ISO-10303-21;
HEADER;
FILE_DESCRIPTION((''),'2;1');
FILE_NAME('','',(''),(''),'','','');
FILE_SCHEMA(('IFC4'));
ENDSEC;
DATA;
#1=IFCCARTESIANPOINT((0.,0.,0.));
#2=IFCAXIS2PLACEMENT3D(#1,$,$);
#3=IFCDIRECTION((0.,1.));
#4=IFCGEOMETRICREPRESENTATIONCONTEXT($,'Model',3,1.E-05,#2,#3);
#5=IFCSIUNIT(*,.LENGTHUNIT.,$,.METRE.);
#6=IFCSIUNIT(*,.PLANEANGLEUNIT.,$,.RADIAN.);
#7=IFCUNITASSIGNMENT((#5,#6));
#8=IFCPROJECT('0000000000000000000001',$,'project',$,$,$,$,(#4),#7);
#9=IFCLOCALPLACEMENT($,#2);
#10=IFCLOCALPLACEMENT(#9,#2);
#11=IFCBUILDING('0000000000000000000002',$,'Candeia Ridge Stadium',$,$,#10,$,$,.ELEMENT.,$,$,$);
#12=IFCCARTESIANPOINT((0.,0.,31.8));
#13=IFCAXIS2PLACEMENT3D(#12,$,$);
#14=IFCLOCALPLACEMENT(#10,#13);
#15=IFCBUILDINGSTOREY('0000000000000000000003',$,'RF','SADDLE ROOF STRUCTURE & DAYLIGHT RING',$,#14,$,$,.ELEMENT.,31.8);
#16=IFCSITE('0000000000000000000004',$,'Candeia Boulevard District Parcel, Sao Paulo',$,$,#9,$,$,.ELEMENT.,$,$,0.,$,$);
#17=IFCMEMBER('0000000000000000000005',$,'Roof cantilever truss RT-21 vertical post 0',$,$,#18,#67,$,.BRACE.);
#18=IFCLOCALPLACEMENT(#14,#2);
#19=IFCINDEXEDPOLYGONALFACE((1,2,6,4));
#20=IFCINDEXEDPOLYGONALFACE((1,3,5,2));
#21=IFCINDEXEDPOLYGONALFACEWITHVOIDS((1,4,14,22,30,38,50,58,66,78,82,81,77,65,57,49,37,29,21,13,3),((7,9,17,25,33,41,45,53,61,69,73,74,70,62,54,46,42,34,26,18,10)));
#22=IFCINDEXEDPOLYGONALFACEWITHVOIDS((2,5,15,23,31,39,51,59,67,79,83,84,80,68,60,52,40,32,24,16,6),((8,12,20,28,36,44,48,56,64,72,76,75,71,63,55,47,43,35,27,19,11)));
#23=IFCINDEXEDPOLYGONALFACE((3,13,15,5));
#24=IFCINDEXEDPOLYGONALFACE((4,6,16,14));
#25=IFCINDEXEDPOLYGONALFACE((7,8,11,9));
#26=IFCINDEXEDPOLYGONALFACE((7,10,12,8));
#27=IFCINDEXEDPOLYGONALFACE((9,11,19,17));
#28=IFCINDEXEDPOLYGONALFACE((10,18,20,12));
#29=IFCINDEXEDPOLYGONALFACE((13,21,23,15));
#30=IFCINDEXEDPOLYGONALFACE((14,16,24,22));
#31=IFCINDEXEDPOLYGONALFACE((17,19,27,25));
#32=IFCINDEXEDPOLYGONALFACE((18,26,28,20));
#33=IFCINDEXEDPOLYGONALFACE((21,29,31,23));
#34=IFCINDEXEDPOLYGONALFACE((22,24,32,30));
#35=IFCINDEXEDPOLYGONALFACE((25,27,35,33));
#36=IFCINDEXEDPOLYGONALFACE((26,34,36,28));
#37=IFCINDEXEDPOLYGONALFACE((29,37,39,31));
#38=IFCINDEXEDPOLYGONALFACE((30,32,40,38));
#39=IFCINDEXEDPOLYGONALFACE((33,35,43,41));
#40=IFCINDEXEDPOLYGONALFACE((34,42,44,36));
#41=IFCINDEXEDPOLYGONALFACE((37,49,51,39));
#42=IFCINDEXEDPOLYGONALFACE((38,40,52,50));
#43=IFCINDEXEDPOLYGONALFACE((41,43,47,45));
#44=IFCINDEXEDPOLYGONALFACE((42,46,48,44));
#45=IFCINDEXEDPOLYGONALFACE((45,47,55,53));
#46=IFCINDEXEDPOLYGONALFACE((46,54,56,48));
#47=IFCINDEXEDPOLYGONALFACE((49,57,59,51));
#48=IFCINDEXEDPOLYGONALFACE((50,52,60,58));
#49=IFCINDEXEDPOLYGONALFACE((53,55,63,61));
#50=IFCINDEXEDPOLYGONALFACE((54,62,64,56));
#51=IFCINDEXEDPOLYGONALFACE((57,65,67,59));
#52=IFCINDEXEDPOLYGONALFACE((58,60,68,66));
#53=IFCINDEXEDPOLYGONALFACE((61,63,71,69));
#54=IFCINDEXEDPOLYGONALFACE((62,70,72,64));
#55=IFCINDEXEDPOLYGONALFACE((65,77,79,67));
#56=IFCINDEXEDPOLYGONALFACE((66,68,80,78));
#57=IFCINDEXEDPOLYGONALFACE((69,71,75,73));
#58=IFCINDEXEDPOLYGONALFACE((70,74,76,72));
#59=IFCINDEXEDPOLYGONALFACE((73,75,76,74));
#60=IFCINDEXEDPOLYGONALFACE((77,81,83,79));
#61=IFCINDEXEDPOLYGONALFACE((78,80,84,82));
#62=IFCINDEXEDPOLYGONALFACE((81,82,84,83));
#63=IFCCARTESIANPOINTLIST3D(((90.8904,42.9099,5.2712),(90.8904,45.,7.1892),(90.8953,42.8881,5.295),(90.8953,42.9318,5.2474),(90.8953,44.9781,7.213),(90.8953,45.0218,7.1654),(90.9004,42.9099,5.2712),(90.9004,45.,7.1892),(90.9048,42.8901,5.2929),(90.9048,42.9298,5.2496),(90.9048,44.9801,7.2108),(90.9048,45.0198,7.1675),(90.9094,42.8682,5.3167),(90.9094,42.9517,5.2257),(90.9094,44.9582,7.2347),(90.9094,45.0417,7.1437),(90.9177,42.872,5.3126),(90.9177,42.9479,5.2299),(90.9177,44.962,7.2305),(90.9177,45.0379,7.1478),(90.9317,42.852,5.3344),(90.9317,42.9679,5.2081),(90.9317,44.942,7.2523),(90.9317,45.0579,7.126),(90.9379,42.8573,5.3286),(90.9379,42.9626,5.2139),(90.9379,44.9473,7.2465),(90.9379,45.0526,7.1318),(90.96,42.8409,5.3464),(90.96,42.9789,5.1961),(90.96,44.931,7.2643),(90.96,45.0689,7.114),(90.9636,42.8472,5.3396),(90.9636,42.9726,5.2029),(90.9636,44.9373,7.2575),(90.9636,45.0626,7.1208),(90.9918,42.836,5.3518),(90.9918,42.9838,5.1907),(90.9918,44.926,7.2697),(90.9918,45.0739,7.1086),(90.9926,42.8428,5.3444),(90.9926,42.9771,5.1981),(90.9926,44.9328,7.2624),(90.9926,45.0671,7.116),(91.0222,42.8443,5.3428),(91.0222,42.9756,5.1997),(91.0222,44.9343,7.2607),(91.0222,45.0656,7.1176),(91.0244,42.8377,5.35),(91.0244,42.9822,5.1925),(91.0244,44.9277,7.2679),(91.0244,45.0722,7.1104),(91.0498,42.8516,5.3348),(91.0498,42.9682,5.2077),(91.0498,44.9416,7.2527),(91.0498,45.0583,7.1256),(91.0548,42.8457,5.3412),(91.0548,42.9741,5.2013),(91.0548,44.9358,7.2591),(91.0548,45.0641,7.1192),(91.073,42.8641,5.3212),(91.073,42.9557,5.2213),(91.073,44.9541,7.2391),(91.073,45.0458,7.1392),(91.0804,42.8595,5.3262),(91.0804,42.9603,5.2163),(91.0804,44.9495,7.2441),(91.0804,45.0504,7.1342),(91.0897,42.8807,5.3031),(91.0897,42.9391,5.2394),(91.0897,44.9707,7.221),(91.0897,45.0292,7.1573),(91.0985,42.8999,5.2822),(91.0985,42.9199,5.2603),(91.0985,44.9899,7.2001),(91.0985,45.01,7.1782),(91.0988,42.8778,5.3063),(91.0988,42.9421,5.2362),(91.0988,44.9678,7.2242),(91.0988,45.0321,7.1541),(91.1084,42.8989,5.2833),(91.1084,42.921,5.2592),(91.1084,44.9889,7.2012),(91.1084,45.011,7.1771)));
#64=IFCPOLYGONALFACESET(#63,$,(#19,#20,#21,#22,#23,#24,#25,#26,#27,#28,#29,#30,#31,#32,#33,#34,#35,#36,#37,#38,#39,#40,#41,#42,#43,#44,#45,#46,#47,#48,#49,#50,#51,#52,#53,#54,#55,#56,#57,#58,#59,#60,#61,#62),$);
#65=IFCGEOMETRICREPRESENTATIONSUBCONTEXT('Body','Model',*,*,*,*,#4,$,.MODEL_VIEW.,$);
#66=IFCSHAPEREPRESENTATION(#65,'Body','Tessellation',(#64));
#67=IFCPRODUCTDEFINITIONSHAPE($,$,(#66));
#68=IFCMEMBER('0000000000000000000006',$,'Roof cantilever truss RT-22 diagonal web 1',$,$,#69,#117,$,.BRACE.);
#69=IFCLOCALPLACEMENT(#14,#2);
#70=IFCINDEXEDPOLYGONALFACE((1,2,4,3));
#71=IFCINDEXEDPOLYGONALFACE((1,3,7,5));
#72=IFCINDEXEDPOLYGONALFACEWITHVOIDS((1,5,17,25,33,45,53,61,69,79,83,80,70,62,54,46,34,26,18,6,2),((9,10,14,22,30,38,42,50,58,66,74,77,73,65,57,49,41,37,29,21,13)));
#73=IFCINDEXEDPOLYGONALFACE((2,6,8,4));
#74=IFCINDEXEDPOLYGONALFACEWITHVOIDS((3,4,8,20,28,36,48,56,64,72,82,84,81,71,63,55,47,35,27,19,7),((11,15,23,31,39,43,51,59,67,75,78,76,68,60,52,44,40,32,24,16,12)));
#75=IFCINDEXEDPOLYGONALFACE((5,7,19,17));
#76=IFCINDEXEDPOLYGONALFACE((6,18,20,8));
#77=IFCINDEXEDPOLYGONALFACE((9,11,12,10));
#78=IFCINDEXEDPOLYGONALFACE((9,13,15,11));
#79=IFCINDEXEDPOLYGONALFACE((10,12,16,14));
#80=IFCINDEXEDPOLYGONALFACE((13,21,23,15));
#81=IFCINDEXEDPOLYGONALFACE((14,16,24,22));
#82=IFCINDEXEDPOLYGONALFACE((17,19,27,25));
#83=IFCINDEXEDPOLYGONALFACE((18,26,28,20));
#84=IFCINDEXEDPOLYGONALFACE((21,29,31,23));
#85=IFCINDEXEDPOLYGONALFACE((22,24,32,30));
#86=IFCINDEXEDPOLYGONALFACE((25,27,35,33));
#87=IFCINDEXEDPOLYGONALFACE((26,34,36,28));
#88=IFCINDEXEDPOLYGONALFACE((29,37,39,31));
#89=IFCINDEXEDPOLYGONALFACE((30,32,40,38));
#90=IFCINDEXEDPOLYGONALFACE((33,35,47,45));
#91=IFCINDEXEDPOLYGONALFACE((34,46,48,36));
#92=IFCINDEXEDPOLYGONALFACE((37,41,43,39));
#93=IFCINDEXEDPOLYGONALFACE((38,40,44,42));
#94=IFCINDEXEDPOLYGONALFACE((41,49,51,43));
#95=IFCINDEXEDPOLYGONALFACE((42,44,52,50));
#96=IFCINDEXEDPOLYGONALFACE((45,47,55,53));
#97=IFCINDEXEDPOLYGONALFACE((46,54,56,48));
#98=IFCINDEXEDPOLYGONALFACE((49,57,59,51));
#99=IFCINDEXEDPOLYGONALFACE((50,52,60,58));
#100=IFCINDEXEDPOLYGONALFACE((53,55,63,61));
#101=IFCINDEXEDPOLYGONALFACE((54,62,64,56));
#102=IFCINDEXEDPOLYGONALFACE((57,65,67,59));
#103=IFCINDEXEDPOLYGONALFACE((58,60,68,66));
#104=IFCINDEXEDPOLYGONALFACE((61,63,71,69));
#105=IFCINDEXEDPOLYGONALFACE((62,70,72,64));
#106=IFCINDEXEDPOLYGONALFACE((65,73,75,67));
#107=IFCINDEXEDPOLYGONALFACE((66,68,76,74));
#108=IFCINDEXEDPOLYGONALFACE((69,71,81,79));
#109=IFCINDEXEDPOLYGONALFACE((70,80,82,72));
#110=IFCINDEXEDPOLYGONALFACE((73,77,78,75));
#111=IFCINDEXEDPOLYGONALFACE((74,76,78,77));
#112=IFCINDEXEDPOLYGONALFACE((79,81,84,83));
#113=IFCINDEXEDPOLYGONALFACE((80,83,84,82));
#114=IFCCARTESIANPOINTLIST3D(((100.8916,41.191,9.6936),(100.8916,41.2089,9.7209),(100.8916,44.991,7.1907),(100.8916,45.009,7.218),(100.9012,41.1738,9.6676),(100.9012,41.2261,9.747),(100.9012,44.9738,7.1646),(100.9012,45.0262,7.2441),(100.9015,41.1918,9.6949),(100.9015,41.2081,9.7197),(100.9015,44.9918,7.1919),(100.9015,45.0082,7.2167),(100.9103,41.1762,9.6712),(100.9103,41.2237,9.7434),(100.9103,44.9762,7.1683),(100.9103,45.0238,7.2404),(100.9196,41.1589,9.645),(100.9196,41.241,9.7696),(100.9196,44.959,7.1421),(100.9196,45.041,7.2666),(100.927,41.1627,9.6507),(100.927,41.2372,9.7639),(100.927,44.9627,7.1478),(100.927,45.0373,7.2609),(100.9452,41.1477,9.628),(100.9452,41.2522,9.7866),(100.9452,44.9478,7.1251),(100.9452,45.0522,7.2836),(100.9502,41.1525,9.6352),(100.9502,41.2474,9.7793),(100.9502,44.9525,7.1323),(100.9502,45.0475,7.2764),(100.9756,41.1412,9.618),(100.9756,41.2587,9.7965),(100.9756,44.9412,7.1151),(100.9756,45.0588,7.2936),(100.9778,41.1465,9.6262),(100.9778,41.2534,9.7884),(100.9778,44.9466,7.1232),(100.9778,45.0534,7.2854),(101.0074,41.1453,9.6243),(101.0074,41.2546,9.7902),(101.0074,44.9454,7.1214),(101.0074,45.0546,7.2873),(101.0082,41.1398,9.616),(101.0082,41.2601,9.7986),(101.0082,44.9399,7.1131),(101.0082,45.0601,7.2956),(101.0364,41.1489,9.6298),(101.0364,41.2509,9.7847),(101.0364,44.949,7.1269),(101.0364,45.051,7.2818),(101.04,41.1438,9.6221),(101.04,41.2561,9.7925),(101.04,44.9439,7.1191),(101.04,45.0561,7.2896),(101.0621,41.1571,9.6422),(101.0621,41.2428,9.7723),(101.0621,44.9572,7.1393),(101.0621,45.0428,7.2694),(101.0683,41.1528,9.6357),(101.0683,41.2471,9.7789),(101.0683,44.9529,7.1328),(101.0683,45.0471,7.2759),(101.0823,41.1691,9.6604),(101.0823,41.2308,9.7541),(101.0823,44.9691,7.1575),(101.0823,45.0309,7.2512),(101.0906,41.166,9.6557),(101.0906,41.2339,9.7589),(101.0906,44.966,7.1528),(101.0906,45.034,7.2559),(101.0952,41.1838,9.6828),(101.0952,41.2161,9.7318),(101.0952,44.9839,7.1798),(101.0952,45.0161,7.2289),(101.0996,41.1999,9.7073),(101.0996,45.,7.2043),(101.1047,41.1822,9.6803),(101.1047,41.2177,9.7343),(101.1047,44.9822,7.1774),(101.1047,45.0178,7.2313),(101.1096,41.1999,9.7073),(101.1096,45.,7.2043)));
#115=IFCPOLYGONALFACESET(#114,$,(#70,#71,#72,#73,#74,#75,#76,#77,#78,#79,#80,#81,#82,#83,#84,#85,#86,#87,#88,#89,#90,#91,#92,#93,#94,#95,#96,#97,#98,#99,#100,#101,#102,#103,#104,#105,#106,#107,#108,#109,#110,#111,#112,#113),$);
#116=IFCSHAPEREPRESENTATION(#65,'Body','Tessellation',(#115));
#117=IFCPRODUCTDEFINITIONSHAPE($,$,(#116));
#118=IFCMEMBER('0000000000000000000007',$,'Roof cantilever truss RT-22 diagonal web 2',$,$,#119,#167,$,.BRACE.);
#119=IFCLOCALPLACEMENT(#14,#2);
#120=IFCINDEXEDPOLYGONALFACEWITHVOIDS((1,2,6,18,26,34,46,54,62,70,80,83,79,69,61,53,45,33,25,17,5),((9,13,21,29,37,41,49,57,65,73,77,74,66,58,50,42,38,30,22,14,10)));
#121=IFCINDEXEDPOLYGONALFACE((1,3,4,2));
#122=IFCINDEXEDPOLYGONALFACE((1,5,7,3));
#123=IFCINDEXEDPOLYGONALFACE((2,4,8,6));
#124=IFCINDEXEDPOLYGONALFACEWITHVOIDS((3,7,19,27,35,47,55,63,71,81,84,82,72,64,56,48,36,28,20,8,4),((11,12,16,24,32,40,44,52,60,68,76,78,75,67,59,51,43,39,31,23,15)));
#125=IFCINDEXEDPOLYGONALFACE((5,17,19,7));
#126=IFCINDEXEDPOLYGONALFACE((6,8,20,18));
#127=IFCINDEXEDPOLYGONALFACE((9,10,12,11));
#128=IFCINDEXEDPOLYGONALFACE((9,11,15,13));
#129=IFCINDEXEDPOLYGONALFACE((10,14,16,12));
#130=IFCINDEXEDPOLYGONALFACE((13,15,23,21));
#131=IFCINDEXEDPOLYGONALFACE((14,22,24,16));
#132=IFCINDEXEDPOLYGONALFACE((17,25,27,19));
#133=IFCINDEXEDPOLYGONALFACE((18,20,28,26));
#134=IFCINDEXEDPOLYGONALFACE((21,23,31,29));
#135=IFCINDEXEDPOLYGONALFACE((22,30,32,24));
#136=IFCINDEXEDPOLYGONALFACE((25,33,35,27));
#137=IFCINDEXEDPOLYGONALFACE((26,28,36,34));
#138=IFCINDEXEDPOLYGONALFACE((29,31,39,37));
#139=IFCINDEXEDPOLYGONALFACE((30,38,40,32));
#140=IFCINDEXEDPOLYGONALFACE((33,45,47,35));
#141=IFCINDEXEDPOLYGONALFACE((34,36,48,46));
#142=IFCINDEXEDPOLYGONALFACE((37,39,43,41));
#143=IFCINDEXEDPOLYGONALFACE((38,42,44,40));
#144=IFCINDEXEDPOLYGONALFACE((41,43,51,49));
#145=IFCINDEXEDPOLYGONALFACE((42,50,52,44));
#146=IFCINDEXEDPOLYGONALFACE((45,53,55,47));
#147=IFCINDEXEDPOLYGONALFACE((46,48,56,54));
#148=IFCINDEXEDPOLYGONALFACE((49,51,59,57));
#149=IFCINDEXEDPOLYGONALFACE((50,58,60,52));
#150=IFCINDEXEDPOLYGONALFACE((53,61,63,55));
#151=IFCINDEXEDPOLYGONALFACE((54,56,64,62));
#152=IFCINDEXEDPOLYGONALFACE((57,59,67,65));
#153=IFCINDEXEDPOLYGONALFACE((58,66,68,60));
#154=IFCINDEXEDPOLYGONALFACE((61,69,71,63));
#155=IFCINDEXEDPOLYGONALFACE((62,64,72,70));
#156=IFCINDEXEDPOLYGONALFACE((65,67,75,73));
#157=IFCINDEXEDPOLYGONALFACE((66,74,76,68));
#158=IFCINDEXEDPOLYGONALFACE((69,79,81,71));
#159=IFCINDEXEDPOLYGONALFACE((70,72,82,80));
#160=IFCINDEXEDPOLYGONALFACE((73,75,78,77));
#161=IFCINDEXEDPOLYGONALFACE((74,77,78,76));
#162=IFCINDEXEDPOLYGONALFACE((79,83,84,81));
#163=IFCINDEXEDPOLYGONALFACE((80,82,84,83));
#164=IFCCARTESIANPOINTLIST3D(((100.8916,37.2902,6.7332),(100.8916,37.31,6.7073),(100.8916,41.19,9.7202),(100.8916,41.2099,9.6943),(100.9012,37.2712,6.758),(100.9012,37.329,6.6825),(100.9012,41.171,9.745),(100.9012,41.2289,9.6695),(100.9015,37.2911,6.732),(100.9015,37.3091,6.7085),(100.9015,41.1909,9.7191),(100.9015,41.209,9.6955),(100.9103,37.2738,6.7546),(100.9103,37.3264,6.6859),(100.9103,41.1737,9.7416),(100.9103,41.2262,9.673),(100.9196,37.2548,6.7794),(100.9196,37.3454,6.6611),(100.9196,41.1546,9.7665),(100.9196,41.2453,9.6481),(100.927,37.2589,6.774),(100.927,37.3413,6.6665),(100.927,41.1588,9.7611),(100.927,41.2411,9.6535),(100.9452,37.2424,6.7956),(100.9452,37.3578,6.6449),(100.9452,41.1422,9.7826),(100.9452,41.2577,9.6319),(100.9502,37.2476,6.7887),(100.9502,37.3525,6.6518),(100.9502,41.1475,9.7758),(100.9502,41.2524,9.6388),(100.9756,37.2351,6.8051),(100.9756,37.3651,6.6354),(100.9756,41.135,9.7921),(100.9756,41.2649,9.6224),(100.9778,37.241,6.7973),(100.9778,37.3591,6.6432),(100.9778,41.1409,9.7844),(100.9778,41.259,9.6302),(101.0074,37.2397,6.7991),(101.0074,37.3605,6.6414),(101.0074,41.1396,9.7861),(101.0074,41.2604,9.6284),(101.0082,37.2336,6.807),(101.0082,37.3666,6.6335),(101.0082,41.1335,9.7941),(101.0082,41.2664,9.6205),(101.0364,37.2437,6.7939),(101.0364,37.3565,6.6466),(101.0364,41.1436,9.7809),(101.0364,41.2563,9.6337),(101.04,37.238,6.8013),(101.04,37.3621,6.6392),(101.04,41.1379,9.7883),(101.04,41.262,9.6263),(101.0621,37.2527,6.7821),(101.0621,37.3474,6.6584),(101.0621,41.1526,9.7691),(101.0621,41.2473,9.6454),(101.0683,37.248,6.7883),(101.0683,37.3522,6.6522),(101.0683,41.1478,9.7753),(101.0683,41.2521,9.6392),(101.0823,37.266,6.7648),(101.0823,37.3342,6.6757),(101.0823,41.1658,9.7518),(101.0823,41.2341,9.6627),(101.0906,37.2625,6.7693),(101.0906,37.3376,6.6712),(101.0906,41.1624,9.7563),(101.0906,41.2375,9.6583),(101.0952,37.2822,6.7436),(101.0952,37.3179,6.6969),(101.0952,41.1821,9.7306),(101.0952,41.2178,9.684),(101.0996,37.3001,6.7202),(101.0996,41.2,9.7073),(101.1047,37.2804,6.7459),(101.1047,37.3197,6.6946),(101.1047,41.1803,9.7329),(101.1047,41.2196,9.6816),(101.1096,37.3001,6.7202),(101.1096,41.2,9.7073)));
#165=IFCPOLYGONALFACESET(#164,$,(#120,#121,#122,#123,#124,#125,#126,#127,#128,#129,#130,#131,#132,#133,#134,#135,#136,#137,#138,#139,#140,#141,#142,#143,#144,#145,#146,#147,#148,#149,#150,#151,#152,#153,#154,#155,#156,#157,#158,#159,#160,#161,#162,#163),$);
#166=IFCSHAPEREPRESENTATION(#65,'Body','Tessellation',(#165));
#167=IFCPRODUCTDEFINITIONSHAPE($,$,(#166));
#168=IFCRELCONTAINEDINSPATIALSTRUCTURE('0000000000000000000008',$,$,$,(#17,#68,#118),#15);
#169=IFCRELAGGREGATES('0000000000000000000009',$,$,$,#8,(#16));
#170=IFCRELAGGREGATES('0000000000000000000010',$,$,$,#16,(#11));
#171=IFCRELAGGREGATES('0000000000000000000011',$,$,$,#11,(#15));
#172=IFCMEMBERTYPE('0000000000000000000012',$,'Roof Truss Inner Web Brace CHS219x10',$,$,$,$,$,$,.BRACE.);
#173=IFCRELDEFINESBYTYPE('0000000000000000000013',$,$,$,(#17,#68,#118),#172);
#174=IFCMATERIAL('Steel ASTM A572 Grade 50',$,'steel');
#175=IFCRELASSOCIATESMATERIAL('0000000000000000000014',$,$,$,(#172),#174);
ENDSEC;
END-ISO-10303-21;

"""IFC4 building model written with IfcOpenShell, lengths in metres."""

from ifc_helpers import new_model, si_unit, direction, frame, origin, origin_2d, place, context, subcontext, project, spatial, hollow_circle, extrude, material, material_profile, profile_set, type_object, element, save


model = new_model("IFC4")

# Units and contexts
model_context = context("Model", 3, precision=1e-05, world=origin(), true_north=direction((0.0, 1.0)))
body_context = subcontext(model_context, "Body", "Model", "MODEL_VIEW")
ifc_project = project(units=[si_unit("LENGTHUNIT", "METRE"), si_unit("PLANEANGLEUNIT", "RADIAN")], contexts=[model_context])

# Site, building, storey
site_placement = place(None, origin())
site = spatial("IfcSite", under=ifc_project, at=site_placement, Name="Candeia Boulevard District Parcel, Sao Paulo", CompositionType="ELEMENT", RefElevation=0.0)
building_placement = place(site_placement, origin())
building = spatial("IfcBuilding", under=site, at=building_placement, Name="Candeia Ridge Stadium", CompositionType="ELEMENT")
storey_placement = place(building_placement, frame((0.0, 0.0, 31.8)))
storey = spatial("IfcBuildingStorey", under=building, at=storey_placement, Name="RF", Description="SADDLE ROOF STRUCTURE & DAYLIGHT RING", CompositionType="ELEMENT", Elevation=31.8)

# Shared definitions
ifc_material_1 = material(Name="Steel ASTM A572 Grade 50", Category="steel")

# Members
ifc_material_profile_1 = material_profile(ifc_material_1, hollow_circle(Radius=0.1096, WallThickness=0.01, at=origin_2d()), Name="CHS219x10", Category="steel")
ifc_profile_set_1 = profile_set([ifc_material_profile_1], Name="Steel ASTM A572 Grade 50")
member_type_1 = type_object("IfcMemberType", Name="Roof Truss Inner Web Brace CHS219x10", PredefinedType="BRACE", material=ifc_profile_set_1)
member_1_placement = place(storey_placement, frame((91.0, 42.9099, 5.2712), z_axis=(0.0, 0.736793, 0.676118), x_axis=(-1.0, 0.0, 0.0)))
element("IfcMember", 1, at=member_1_placement, inside=storey, type_object=member_type_1, Name="Roof cantilever truss RT-21 vertical post 0", PredefinedType="BRACE", context=body_context, shape_type="SweptSolid", body=[
    extrude(hollow_circle(Radius=0.1096, WallThickness=0.01, at=origin_2d()), origin(), (0.0, 0.0, 1.0), 2.8367),
])
member_2_placement = place(storey_placement, frame((101.0, 45.0, 7.2043), z_axis=(0.0, -0.835125, 0.550061), x_axis=(1.0, 0.0, 0.0)))
element("IfcMember", 2, at=member_2_placement, inside=storey, type_object=member_type_1, Name="Roof cantilever truss RT-22 diagonal web 1", PredefinedType="BRACE", context=body_context, shape_type="SweptSolid", body=[
    extrude(hollow_circle(Radius=0.1096, WallThickness=0.01, at=origin_2d()), origin(), (0.0, 0.0, 1.0), 4.5503),
])
member_3_placement = place(storey_placement, frame((101.0, 41.2, 9.7073), z_axis=(0.0, -0.793888, -0.608064), x_axis=(1.0, 0.0, 0.0)))
element("IfcMember", 3, at=member_3_placement, inside=storey, type_object=member_type_1, Name="Roof cantilever truss RT-22 diagonal web 2", PredefinedType="BRACE", context=body_context, shape_type="SweptSolid", body=[
    extrude(hollow_circle(Radius=0.1096, WallThickness=0.01, at=origin_2d()), origin(), (0.0, 0.0, 1.0), 4.9124),
])

save(model, "model.ifc")
